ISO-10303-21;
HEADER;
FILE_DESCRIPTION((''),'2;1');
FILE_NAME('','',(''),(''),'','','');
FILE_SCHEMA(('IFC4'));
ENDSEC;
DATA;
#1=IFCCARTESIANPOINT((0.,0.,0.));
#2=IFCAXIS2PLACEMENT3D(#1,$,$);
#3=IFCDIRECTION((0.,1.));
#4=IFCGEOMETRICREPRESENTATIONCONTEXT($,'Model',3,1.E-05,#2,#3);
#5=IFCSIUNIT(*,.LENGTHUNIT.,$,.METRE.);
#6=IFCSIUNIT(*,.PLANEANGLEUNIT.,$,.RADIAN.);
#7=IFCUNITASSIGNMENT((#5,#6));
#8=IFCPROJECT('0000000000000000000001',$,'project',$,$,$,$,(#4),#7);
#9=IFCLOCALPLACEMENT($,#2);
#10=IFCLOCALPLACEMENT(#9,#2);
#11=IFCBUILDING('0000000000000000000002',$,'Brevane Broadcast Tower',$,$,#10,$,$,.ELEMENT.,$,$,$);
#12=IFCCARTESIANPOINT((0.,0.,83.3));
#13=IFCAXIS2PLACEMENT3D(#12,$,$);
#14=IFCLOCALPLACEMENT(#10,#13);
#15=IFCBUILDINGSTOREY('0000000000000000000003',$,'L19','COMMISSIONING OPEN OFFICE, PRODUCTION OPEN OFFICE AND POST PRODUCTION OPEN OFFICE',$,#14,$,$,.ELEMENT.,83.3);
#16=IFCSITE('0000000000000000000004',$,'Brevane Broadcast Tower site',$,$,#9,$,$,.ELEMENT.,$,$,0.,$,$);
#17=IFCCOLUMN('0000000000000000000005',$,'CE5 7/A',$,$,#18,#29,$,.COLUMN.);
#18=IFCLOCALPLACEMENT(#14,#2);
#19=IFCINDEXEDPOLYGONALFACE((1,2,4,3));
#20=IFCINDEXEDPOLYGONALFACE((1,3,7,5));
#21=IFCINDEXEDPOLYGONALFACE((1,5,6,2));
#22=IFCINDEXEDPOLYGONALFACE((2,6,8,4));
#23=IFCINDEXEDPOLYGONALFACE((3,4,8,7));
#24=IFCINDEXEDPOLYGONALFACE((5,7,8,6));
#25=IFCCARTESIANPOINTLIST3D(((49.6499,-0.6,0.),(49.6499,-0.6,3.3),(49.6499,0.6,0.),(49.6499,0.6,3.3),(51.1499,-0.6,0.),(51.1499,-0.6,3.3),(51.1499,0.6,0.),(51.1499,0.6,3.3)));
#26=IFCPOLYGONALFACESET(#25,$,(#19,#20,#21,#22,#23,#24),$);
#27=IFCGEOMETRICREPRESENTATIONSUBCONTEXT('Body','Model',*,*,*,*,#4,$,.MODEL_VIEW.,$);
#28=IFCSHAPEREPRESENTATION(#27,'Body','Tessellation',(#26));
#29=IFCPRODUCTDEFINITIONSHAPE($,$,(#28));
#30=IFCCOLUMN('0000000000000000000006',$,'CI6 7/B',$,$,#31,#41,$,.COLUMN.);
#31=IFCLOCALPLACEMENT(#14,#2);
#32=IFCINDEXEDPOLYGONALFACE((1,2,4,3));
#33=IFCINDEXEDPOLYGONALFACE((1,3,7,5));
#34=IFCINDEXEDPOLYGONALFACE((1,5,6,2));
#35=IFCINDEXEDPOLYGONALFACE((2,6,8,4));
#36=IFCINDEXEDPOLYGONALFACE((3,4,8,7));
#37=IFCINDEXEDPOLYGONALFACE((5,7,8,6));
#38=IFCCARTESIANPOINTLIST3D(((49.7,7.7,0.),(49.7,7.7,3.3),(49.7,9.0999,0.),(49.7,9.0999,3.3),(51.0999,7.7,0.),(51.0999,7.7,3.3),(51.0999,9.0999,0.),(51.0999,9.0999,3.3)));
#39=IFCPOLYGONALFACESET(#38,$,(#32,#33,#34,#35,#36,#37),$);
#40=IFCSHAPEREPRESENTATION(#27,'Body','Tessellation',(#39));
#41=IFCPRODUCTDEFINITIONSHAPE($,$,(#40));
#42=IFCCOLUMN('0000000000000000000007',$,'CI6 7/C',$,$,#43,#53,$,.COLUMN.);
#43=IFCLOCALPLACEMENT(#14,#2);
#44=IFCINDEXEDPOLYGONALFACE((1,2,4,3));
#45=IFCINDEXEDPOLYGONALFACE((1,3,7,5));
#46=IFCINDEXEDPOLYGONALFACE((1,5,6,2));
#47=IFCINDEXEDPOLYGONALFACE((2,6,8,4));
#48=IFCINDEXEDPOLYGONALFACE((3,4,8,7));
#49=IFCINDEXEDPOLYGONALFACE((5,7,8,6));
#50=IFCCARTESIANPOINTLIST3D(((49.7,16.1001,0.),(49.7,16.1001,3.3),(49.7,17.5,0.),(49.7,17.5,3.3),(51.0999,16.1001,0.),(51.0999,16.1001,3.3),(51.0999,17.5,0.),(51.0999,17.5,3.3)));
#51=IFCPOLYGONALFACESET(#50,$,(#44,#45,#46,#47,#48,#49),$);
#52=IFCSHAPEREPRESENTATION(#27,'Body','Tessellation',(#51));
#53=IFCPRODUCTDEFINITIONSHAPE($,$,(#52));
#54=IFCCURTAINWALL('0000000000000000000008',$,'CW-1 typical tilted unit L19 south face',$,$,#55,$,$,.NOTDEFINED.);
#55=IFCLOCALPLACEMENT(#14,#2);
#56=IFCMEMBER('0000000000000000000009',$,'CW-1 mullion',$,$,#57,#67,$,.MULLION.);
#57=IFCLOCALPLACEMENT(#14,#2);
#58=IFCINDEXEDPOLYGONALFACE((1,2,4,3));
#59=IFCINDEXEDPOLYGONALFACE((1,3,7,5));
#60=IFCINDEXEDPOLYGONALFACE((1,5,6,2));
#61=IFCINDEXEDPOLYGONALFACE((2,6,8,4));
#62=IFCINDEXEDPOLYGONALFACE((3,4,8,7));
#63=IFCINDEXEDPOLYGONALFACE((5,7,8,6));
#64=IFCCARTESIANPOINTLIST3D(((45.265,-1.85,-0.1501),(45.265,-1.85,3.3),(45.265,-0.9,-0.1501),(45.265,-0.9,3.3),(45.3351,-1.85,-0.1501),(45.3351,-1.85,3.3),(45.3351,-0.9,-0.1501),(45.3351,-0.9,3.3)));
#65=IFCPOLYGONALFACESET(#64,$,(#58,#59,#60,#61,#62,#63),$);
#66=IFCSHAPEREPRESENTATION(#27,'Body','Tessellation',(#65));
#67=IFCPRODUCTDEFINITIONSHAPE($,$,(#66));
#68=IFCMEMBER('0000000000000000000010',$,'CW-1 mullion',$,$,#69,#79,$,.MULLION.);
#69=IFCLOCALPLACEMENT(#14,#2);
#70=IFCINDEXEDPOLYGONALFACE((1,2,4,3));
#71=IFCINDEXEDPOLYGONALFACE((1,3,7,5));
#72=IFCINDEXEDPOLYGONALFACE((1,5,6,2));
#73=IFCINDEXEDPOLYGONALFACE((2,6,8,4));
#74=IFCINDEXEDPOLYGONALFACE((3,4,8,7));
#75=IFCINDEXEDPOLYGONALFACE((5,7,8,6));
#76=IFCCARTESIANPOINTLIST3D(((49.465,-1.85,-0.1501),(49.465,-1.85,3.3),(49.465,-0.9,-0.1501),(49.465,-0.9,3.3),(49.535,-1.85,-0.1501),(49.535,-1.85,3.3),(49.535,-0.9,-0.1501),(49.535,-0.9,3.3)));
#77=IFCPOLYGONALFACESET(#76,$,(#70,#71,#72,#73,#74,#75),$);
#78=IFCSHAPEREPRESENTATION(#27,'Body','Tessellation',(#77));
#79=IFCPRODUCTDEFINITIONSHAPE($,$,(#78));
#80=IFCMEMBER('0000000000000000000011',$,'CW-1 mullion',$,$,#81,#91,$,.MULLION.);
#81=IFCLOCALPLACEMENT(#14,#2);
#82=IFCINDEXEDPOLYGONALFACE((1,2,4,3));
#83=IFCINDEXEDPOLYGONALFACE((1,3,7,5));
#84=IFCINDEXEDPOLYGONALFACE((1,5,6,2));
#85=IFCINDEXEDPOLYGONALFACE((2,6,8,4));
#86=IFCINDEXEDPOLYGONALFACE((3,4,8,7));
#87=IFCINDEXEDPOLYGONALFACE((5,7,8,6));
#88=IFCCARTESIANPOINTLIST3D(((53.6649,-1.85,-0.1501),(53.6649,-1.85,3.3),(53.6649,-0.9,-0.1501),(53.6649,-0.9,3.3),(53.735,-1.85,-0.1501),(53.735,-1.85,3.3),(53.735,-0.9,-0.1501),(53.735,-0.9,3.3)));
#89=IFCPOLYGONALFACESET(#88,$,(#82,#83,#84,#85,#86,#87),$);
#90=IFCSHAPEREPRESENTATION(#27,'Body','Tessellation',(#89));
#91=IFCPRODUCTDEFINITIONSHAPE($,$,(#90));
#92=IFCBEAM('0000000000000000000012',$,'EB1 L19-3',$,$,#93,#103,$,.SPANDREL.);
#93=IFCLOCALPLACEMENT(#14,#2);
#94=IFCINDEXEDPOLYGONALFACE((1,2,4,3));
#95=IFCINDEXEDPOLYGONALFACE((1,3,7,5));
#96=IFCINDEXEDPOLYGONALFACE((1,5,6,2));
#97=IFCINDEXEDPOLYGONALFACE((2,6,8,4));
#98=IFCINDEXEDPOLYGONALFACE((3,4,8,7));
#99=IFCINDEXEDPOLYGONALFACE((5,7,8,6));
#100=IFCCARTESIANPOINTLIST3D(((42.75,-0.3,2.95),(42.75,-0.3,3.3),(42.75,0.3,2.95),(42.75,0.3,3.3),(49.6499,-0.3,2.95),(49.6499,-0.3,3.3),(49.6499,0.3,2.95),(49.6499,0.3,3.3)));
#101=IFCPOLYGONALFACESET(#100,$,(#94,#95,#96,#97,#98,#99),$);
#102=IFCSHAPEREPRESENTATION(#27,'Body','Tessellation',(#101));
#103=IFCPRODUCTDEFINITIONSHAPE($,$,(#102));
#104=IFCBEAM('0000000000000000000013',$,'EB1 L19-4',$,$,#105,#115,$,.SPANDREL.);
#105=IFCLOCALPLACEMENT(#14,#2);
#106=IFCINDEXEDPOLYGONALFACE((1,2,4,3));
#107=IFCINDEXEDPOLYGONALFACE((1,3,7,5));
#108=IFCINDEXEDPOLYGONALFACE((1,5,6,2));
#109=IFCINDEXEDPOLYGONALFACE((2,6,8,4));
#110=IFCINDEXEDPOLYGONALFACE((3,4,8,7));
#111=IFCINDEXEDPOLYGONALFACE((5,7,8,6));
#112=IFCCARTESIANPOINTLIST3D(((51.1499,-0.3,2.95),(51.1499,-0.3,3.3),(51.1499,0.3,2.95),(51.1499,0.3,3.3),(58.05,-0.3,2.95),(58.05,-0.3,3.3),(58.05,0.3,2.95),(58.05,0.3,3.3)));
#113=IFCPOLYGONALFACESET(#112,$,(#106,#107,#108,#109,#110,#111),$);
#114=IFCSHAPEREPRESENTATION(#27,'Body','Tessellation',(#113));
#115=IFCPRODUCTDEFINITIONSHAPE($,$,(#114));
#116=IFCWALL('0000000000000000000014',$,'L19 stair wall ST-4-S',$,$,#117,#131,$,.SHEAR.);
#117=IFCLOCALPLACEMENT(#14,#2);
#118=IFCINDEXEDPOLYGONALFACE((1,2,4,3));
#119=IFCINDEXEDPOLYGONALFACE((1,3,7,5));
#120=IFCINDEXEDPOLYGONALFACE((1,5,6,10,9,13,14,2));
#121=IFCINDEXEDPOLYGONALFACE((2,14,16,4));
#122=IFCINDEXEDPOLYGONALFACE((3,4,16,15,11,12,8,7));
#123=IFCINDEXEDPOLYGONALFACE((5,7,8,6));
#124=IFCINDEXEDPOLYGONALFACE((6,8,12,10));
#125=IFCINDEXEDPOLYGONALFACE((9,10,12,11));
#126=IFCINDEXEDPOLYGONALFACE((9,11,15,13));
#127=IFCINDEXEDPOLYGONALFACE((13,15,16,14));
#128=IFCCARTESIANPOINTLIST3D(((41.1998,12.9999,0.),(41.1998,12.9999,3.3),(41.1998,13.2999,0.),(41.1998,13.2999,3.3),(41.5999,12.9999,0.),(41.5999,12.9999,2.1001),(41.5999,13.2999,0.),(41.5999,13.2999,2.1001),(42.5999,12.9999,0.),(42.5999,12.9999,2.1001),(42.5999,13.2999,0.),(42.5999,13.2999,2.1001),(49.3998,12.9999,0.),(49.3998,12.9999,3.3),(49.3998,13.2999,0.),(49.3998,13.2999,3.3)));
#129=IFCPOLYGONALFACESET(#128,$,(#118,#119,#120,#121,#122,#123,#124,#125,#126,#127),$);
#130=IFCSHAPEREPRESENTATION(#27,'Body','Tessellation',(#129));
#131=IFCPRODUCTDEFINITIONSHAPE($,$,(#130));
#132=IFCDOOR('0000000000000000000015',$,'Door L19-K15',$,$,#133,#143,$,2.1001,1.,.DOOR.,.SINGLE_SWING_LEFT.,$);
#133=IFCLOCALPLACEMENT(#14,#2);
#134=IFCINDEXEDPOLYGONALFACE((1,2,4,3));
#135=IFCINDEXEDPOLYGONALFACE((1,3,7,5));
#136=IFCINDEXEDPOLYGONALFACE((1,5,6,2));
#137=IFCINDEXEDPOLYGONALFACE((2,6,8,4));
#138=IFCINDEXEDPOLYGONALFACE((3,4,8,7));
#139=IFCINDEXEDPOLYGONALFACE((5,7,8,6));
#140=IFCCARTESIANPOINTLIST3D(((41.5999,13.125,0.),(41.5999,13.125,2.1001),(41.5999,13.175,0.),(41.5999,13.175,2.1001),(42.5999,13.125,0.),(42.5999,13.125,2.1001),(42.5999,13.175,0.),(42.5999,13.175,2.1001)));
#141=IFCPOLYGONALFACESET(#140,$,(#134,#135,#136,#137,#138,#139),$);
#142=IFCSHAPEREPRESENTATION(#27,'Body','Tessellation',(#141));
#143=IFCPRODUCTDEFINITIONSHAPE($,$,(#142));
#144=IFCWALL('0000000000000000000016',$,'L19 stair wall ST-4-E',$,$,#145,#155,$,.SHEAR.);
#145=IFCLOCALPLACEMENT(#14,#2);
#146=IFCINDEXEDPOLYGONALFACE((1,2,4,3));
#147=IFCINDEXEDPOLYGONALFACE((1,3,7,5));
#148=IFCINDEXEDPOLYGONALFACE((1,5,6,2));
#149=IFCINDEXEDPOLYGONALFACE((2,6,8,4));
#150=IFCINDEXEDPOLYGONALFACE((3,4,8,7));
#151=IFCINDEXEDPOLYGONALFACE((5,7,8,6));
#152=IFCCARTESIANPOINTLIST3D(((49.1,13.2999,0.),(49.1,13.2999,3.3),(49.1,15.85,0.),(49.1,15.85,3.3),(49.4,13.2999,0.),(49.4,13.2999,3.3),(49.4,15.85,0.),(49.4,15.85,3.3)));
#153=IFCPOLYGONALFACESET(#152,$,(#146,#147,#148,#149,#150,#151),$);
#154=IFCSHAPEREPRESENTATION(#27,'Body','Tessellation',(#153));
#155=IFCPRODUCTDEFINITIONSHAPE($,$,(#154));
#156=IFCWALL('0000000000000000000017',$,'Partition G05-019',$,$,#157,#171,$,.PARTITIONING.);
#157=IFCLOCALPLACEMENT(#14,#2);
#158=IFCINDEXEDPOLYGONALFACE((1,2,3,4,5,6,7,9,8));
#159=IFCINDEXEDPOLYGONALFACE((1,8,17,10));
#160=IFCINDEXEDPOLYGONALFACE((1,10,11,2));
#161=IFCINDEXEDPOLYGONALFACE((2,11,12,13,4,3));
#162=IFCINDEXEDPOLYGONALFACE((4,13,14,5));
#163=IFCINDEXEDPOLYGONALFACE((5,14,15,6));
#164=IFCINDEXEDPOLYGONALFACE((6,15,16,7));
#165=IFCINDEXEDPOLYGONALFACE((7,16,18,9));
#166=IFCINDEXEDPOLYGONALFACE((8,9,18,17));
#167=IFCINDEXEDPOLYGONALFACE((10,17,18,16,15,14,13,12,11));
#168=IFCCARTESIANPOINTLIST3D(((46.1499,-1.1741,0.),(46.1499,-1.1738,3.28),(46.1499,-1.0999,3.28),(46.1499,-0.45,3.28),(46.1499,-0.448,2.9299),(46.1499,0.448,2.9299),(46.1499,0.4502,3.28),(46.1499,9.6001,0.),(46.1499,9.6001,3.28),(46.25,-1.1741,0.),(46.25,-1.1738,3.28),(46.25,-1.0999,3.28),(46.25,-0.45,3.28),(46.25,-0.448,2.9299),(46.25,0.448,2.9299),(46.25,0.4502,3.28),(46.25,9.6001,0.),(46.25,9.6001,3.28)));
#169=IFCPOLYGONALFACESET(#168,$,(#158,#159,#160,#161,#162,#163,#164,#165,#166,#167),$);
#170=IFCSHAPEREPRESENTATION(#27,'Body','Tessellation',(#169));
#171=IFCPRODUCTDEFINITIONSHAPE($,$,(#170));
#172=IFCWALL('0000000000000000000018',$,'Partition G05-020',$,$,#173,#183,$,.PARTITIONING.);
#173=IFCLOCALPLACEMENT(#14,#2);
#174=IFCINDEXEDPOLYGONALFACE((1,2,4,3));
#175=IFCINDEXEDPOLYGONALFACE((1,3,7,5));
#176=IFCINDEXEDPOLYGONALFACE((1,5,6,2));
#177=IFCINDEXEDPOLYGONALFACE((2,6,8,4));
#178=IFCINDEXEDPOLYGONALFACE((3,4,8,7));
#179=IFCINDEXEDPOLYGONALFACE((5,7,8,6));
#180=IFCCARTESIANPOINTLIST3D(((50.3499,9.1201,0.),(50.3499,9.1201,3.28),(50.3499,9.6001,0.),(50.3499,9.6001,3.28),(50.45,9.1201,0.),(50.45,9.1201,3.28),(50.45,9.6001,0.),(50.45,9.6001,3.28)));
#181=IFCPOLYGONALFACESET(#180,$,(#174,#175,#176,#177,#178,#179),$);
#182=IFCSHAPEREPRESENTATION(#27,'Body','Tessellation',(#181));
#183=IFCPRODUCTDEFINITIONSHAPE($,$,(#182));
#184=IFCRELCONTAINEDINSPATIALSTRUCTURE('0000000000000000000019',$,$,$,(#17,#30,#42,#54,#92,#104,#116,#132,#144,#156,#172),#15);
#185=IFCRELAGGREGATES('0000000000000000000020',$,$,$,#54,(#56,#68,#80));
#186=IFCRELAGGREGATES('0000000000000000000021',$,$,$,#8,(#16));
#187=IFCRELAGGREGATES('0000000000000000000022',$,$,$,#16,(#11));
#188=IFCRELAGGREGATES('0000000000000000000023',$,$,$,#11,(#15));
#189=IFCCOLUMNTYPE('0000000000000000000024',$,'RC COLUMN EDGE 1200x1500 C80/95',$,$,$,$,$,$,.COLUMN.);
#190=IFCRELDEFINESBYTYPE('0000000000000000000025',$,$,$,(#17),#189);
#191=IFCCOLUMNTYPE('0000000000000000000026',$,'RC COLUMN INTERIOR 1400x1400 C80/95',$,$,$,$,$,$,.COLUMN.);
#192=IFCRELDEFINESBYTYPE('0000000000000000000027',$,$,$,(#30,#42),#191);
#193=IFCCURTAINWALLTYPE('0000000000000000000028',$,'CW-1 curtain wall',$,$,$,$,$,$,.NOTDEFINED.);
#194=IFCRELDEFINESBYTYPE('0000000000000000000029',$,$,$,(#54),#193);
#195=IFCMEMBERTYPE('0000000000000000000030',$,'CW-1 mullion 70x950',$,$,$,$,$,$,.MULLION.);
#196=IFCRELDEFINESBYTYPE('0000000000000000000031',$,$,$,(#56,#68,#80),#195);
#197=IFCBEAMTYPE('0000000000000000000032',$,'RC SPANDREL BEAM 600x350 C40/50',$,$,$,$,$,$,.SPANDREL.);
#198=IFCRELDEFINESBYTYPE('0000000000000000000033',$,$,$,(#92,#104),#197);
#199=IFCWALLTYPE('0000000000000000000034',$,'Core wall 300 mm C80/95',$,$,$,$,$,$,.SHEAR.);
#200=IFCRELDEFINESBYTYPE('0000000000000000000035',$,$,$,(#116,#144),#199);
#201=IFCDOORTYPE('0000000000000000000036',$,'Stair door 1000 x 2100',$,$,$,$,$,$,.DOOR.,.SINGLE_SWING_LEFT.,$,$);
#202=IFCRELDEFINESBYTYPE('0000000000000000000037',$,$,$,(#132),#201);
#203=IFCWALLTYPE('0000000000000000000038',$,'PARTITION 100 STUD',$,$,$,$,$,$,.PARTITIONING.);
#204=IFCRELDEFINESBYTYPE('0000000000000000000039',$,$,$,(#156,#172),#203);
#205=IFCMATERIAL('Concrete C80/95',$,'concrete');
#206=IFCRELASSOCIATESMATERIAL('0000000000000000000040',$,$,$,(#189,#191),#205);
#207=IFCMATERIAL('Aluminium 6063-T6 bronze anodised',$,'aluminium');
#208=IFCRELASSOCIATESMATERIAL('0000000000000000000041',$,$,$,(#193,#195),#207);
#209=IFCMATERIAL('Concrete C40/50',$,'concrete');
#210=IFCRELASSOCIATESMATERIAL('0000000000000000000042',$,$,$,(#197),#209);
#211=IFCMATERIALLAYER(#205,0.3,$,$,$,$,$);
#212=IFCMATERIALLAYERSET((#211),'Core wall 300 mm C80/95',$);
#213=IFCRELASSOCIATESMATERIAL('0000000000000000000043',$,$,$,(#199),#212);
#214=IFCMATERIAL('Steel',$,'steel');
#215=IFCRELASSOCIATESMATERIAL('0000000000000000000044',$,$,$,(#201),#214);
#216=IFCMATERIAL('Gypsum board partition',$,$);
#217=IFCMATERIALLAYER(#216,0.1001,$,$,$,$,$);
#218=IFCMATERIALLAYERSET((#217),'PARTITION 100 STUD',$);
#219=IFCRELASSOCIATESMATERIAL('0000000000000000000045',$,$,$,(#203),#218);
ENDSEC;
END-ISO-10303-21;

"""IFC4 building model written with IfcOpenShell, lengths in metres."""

from ifc_helpers import new_model, si_unit, direction, frame, frame_2d, origin, origin_2d, place, context, subcontext, project, spatial, polyline, rectangle, outline, extrude, material, layer, layer_set, material_profile, profile_set, type_object, element, fill, aggregate, save


model = new_model("IFC4")

# Units and contexts
model_context = context("Model", 3, precision=1e-05, world=origin(), true_north=direction((0.0, 1.0)))
body_context = subcontext(model_context, "Body", "Model", "MODEL_VIEW")
ifc_project = project(units=[si_unit("LENGTHUNIT", "METRE"), si_unit("PLANEANGLEUNIT", "RADIAN")], contexts=[model_context])

# Site, building, storey
site_placement = place(None, origin())
site = spatial("IfcSite", under=ifc_project, at=site_placement, Name="Brevane Broadcast Tower site", CompositionType="ELEMENT", RefElevation=0.0)
building_placement = place(site_placement, origin())
building = spatial("IfcBuilding", under=site, at=building_placement, Name="Brevane Broadcast Tower", CompositionType="ELEMENT")
storey_placement = place(building_placement, frame((0.0, 0.0, 83.3)))
storey = spatial("IfcBuildingStorey", under=building, at=storey_placement, Name="L19", Description="COMMISSIONING OPEN OFFICE, PRODUCTION OPEN OFFICE AND POST PRODUCTION OPEN OFFICE", CompositionType="ELEMENT", Elevation=83.3)

# Columns
ifc_material_1 = material(Name="Concrete C80/95", Category="concrete")
ifc_material_profile_1 = material_profile(ifc_material_1, rectangle(XDim=1.2, YDim=1.5, at=origin_2d()), Name="RC 1200x1500")
ifc_profile_set_1 = profile_set([ifc_material_profile_1], Name="Concrete C80/95")
column_type_1 = type_object("IfcColumnType", Name="RC COLUMN EDGE 1200x1500 C80/95", PredefinedType="COLUMN", material=ifc_profile_set_1)
column_placement = place(storey_placement, frame((50.3999, 0.0, 0.0), z_axis=(0.0, 0.0, 1.0), x_axis=(0.0, 1.0, 0.0)))
element("IfcColumn", 1, at=column_placement, inside=storey, type_object=column_type_1, Name="CE5 7/A", PredefinedType="COLUMN", context=body_context, shape_type="SweptSolid", body=[
    extrude(rectangle(XDim=1.2, YDim=1.5, at=origin_2d()), origin(), (0.0, 0.0, 1.0), 3.3),
])
ifc_material_profile_2 = material_profile(ifc_material_1, rectangle(XDim=1.3999, YDim=1.3999, at=origin_2d()), Name="RC 1400x1400")
ifc_profile_set_2 = profile_set([ifc_material_profile_2], Name="Concrete C80/95")
column_type_2 = type_object("IfcColumnType", Name="RC COLUMN INTERIOR 1400x1400 C80/95", PredefinedType="COLUMN", material=ifc_profile_set_2)
for number, where, z_axis, x_axis, name in (
    (2, (50.3999, 8.3999, 0.0), (0.0, 0.0, 1.0), (1.0, 0.0, 0.0), "CI6 7/B"),
    (3, (50.3999, 16.8, 0.0), (0.0, 0.0, 1.0), (1.0, 0.0, 0.0), "CI6 7/C"),
):
    element("IfcColumn", number, at=place(storey_placement, frame(where, z_axis=z_axis, x_axis=x_axis)), inside=storey, type_object=column_type_2, Name=name, PredefinedType="COLUMN", context=body_context, shape_type="SweptSolid", body=[
        extrude(rectangle(XDim=1.3999, YDim=1.3999, at=origin_2d()), origin(), (0.0, 0.0, 1.0), 3.3),
    ])

# Curtain wall, members
ifc_material_2 = material(Name="Aluminium 6063-T6 bronze anodised", Category="aluminium")
curtain_wall_type = type_object("IfcCurtainWallType", Name="CW-1 curtain wall", PredefinedType="NOTDEFINED", material=ifc_material_2)
curtain_wall_placement = place(storey_placement, origin())
curtain_wall = element("IfcCurtainWall", 4, at=curtain_wall_placement, inside=storey, type_object=curtain_wall_type, Name="CW-1 typical tilted unit L19 south face", PredefinedType="NOTDEFINED")
ifc_material_profile_3 = material_profile(ifc_material_2, rectangle(XDim=0.95, YDim=0.0701, at=origin_2d()), Name="RECT 70x950")
ifc_profile_set_3 = profile_set([ifc_material_profile_3], Name="Aluminium 6063-T6 bronze anodised")
member_type = type_object("IfcMemberType", Name="CW-1 mullion 70x950", PredefinedType="MULLION", material=ifc_profile_set_3)
member_1_placement = place(storey_placement, frame((45.3, -1.375, -0.1501), z_axis=(0.0, 0.0, 1.0), x_axis=(0.0, 1.0, 0.0)))
member_1 = element("IfcMember", 5, at=member_1_placement, type_object=member_type, Name="CW-1 mullion", PredefinedType="MULLION", context=body_context, shape_type="SweptSolid", body=[
    extrude(rectangle(XDim=0.95, YDim=0.0701, at=origin_2d()), origin(), (0.0, 0.0, 1.0), 3.4502),
])
member_2_placement = place(storey_placement, frame((49.5, -1.375, -0.1501), z_axis=(0.0, 0.0, 1.0), x_axis=(0.0, 1.0, 0.0)))
member_2 = element("IfcMember", 6, at=member_2_placement, type_object=member_type, Name="CW-1 mullion", PredefinedType="MULLION", context=body_context, shape_type="SweptSolid", body=[
    extrude(rectangle(XDim=0.95, YDim=0.0701, at=origin_2d()), origin(), (0.0, 0.0, 1.0), 3.4502),
])
member_3_placement = place(storey_placement, frame((53.7, -1.375, -0.1501), z_axis=(0.0, 0.0, 1.0), x_axis=(0.0, 1.0, 0.0)))
member_3 = element("IfcMember", 7, at=member_3_placement, type_object=member_type, Name="CW-1 mullion", PredefinedType="MULLION", context=body_context, shape_type="SweptSolid", body=[
    extrude(rectangle(XDim=0.95, YDim=0.0701, at=origin_2d()), origin(), (0.0, 0.0, 1.0), 3.4502),
])
aggregate(curtain_wall, [member_1, member_2, member_3])

# Beams
ifc_material_3 = material(Name="Concrete C40/50", Category="concrete")
ifc_material_profile_4 = material_profile(ifc_material_3, rectangle(XDim=0.6001, YDim=0.3501, at=origin_2d()), Name="RC 600x350")
ifc_profile_set_4 = profile_set([ifc_material_profile_4], Name="Concrete C40/50")
beam_type = type_object("IfcBeamType", Name="RC SPANDREL BEAM 600x350 C40/50", PredefinedType="SPANDREL", material=ifc_profile_set_4)
beam_1_placement = place(storey_placement, frame((42.75, 0.0, 3.125), z_axis=(1.0, 0.0, 0.0), x_axis=(0.0, 1.0, 0.0)))
element("IfcBeam", 8, at=beam_1_placement, inside=storey, type_object=beam_type, Name="EB1 L19-3", PredefinedType="SPANDREL", context=body_context, shape_type="SweptSolid", body=[
    extrude(rectangle(XDim=0.6001, YDim=0.3501, at=origin_2d()), origin(), (0.0, 0.0, 1.0), 6.8999),
])
beam_2_placement = place(storey_placement, frame((51.1499, 0.0, 3.125), z_axis=(1.0, 0.0, 0.0), x_axis=(0.0, 1.0, 0.0)))
element("IfcBeam", 9, at=beam_2_placement, inside=storey, type_object=beam_type, Name="EB1 L19-4", PredefinedType="SPANDREL", context=body_context, shape_type="SweptSolid", body=[
    extrude(rectangle(XDim=0.6001, YDim=0.3501, at=origin_2d()), origin(), (0.0, 0.0, 1.0), 6.9001),
])

# Wall, opening, door
ifc_layer_1 = layer(ifc_material_1, 0.3)
ifc_layer_set_1 = layer_set([ifc_layer_1], Name="Core wall 300 mm C80/95")
wall_type_1 = type_object("IfcWallType", Name="Core wall 300 mm C80/95", PredefinedType="SHEAR", material=ifc_layer_set_1)
wall_1_placement = place(storey_placement, frame((49.3999, 13.1499, 0.0), z_axis=(0.0, 0.0, 1.0), x_axis=(-1.0, 0.0, 0.0)))
wall_1 = element("IfcWall", 10, at=wall_1_placement, inside=storey, type_object=wall_type_1, Name="L19 stair wall ST-4-S", PredefinedType="SHEAR", context=body_context, shape_type="SweptSolid", body=[
    extrude(rectangle(XDim=8.2, YDim=0.3, at=frame_2d((4.1001, 0.0))), origin(), (0.0, 0.0, 1.0), 3.3),
])
opening_1_placement = place(wall_1_placement, frame((6.8, 0.0, 0.0)))
opening_1 = element("IfcOpeningElement", 11, at=opening_1_placement, cuts=wall_1, PredefinedType="OPENING", context=body_context, shape_type="SweptSolid", body=[
    extrude(rectangle(XDim=1.0, YDim=2.1001, at=frame_2d((0.5, 1.05))), frame((0.0, 0.1599, 0.0), z_axis=(0.0, -1.0, 0.0), x_axis=(1.0, 0.0, 0.0)), (0.0, 0.0, 1.0), 0.3201),
])
ifc_material_4 = material(Name="Steel", Category="steel")
door_type_1 = type_object("IfcDoorType", Name="Stair door 1000 x 2100", OperationType="SINGLE_SWING_LEFT", PredefinedType="DOOR", material=ifc_material_4)
door_1_placement = place(opening_1_placement, origin())
door_1 = element("IfcDoor", 12, at=door_1_placement, inside=storey, type_object=door_type_1, Name="Door L19-K15", OperationType="SINGLE_SWING_LEFT", OverallHeight=2.1001, OverallWidth=1.0, PredefinedType="DOOR", context=body_context, shape_type="SweptSolid", body=[
    extrude(rectangle(XDim=1.0, YDim=2.1001, at=frame_2d((0.5, 1.05))), frame((0.0, 0.0249, 0.0), z_axis=(0.0, -1.0, 0.0), x_axis=(1.0, 0.0, 0.0)), (0.0, 0.0, 1.0), 0.05),
])
fill(opening_1, door_1)

# Walls
wall_2_placement = place(storey_placement, frame((49.25, 13.3, 0.0), z_axis=(0.0, 0.0, 1.0), x_axis=(0.0, 1.0, 0.0)))
element("IfcWall", 13, at=wall_2_placement, inside=storey, type_object=wall_type_1, Name="L19 stair wall ST-4-E", PredefinedType="SHEAR", context=body_context, shape_type="SweptSolid", body=[
    extrude(rectangle(XDim=2.55, YDim=0.3, at=frame_2d((1.2749, 0.0))), origin(), (0.0, 0.0, 1.0), 3.3),
])
ifc_material_5 = material(Name="Gypsum board partition")
ifc_layer_2 = layer(ifc_material_5, 0.1001)
ifc_layer_set_2 = layer_set([ifc_layer_2], Name="PARTITION 100 STUD")
wall_type_2 = type_object("IfcWallType", Name="PARTITION 100 STUD", PredefinedType="PARTITIONING", material=ifc_layer_set_2)
wall_3_placement = place(storey_placement, frame((46.2, 9.6001, 0.0), z_axis=(0.0, 0.0, 1.0), x_axis=(0.0, -1.0, 0.0)))
element("IfcWall", 14, at=wall_3_placement, inside=storey, type_object=wall_type_2, Name="Partition G05-019", PredefinedType="PARTITIONING", context=body_context, shape_type="SweptSolid", body=[
    extrude(outline(polyline([(0.0, 0.0), (10.7742, 0.0), (10.7739, 3.28), (10.7, 3.28), (10.05, 3.28), (10.0481, 2.9299), (9.1521, 2.9299), (9.1499, 3.28), (0.0, 3.28), (0.0, 0.0)])), frame((0.0, 0.05, 0.0), z_axis=(0.0, -1.0, 0.0), x_axis=(1.0, 0.0, 0.0)), (0.0, 0.0, 1.0), 0.1001),
])
wall_4_placement = place(storey_placement, frame((50.3999, 9.6001, 0.0), z_axis=(0.0, 0.0, 1.0), x_axis=(0.0, -1.0, 0.0)))
element("IfcWall", 15, at=wall_4_placement, inside=storey, type_object=wall_type_2, Name="Partition G05-020", PredefinedType="PARTITIONING", context=body_context, shape_type="SweptSolid", body=[
    extrude(rectangle(XDim=0.48, YDim=0.1001, at=frame_2d((0.24, 0.0))), origin(), (0.0, 0.0, 1.0), 3.28),
])

save(model, "model.ifc")
